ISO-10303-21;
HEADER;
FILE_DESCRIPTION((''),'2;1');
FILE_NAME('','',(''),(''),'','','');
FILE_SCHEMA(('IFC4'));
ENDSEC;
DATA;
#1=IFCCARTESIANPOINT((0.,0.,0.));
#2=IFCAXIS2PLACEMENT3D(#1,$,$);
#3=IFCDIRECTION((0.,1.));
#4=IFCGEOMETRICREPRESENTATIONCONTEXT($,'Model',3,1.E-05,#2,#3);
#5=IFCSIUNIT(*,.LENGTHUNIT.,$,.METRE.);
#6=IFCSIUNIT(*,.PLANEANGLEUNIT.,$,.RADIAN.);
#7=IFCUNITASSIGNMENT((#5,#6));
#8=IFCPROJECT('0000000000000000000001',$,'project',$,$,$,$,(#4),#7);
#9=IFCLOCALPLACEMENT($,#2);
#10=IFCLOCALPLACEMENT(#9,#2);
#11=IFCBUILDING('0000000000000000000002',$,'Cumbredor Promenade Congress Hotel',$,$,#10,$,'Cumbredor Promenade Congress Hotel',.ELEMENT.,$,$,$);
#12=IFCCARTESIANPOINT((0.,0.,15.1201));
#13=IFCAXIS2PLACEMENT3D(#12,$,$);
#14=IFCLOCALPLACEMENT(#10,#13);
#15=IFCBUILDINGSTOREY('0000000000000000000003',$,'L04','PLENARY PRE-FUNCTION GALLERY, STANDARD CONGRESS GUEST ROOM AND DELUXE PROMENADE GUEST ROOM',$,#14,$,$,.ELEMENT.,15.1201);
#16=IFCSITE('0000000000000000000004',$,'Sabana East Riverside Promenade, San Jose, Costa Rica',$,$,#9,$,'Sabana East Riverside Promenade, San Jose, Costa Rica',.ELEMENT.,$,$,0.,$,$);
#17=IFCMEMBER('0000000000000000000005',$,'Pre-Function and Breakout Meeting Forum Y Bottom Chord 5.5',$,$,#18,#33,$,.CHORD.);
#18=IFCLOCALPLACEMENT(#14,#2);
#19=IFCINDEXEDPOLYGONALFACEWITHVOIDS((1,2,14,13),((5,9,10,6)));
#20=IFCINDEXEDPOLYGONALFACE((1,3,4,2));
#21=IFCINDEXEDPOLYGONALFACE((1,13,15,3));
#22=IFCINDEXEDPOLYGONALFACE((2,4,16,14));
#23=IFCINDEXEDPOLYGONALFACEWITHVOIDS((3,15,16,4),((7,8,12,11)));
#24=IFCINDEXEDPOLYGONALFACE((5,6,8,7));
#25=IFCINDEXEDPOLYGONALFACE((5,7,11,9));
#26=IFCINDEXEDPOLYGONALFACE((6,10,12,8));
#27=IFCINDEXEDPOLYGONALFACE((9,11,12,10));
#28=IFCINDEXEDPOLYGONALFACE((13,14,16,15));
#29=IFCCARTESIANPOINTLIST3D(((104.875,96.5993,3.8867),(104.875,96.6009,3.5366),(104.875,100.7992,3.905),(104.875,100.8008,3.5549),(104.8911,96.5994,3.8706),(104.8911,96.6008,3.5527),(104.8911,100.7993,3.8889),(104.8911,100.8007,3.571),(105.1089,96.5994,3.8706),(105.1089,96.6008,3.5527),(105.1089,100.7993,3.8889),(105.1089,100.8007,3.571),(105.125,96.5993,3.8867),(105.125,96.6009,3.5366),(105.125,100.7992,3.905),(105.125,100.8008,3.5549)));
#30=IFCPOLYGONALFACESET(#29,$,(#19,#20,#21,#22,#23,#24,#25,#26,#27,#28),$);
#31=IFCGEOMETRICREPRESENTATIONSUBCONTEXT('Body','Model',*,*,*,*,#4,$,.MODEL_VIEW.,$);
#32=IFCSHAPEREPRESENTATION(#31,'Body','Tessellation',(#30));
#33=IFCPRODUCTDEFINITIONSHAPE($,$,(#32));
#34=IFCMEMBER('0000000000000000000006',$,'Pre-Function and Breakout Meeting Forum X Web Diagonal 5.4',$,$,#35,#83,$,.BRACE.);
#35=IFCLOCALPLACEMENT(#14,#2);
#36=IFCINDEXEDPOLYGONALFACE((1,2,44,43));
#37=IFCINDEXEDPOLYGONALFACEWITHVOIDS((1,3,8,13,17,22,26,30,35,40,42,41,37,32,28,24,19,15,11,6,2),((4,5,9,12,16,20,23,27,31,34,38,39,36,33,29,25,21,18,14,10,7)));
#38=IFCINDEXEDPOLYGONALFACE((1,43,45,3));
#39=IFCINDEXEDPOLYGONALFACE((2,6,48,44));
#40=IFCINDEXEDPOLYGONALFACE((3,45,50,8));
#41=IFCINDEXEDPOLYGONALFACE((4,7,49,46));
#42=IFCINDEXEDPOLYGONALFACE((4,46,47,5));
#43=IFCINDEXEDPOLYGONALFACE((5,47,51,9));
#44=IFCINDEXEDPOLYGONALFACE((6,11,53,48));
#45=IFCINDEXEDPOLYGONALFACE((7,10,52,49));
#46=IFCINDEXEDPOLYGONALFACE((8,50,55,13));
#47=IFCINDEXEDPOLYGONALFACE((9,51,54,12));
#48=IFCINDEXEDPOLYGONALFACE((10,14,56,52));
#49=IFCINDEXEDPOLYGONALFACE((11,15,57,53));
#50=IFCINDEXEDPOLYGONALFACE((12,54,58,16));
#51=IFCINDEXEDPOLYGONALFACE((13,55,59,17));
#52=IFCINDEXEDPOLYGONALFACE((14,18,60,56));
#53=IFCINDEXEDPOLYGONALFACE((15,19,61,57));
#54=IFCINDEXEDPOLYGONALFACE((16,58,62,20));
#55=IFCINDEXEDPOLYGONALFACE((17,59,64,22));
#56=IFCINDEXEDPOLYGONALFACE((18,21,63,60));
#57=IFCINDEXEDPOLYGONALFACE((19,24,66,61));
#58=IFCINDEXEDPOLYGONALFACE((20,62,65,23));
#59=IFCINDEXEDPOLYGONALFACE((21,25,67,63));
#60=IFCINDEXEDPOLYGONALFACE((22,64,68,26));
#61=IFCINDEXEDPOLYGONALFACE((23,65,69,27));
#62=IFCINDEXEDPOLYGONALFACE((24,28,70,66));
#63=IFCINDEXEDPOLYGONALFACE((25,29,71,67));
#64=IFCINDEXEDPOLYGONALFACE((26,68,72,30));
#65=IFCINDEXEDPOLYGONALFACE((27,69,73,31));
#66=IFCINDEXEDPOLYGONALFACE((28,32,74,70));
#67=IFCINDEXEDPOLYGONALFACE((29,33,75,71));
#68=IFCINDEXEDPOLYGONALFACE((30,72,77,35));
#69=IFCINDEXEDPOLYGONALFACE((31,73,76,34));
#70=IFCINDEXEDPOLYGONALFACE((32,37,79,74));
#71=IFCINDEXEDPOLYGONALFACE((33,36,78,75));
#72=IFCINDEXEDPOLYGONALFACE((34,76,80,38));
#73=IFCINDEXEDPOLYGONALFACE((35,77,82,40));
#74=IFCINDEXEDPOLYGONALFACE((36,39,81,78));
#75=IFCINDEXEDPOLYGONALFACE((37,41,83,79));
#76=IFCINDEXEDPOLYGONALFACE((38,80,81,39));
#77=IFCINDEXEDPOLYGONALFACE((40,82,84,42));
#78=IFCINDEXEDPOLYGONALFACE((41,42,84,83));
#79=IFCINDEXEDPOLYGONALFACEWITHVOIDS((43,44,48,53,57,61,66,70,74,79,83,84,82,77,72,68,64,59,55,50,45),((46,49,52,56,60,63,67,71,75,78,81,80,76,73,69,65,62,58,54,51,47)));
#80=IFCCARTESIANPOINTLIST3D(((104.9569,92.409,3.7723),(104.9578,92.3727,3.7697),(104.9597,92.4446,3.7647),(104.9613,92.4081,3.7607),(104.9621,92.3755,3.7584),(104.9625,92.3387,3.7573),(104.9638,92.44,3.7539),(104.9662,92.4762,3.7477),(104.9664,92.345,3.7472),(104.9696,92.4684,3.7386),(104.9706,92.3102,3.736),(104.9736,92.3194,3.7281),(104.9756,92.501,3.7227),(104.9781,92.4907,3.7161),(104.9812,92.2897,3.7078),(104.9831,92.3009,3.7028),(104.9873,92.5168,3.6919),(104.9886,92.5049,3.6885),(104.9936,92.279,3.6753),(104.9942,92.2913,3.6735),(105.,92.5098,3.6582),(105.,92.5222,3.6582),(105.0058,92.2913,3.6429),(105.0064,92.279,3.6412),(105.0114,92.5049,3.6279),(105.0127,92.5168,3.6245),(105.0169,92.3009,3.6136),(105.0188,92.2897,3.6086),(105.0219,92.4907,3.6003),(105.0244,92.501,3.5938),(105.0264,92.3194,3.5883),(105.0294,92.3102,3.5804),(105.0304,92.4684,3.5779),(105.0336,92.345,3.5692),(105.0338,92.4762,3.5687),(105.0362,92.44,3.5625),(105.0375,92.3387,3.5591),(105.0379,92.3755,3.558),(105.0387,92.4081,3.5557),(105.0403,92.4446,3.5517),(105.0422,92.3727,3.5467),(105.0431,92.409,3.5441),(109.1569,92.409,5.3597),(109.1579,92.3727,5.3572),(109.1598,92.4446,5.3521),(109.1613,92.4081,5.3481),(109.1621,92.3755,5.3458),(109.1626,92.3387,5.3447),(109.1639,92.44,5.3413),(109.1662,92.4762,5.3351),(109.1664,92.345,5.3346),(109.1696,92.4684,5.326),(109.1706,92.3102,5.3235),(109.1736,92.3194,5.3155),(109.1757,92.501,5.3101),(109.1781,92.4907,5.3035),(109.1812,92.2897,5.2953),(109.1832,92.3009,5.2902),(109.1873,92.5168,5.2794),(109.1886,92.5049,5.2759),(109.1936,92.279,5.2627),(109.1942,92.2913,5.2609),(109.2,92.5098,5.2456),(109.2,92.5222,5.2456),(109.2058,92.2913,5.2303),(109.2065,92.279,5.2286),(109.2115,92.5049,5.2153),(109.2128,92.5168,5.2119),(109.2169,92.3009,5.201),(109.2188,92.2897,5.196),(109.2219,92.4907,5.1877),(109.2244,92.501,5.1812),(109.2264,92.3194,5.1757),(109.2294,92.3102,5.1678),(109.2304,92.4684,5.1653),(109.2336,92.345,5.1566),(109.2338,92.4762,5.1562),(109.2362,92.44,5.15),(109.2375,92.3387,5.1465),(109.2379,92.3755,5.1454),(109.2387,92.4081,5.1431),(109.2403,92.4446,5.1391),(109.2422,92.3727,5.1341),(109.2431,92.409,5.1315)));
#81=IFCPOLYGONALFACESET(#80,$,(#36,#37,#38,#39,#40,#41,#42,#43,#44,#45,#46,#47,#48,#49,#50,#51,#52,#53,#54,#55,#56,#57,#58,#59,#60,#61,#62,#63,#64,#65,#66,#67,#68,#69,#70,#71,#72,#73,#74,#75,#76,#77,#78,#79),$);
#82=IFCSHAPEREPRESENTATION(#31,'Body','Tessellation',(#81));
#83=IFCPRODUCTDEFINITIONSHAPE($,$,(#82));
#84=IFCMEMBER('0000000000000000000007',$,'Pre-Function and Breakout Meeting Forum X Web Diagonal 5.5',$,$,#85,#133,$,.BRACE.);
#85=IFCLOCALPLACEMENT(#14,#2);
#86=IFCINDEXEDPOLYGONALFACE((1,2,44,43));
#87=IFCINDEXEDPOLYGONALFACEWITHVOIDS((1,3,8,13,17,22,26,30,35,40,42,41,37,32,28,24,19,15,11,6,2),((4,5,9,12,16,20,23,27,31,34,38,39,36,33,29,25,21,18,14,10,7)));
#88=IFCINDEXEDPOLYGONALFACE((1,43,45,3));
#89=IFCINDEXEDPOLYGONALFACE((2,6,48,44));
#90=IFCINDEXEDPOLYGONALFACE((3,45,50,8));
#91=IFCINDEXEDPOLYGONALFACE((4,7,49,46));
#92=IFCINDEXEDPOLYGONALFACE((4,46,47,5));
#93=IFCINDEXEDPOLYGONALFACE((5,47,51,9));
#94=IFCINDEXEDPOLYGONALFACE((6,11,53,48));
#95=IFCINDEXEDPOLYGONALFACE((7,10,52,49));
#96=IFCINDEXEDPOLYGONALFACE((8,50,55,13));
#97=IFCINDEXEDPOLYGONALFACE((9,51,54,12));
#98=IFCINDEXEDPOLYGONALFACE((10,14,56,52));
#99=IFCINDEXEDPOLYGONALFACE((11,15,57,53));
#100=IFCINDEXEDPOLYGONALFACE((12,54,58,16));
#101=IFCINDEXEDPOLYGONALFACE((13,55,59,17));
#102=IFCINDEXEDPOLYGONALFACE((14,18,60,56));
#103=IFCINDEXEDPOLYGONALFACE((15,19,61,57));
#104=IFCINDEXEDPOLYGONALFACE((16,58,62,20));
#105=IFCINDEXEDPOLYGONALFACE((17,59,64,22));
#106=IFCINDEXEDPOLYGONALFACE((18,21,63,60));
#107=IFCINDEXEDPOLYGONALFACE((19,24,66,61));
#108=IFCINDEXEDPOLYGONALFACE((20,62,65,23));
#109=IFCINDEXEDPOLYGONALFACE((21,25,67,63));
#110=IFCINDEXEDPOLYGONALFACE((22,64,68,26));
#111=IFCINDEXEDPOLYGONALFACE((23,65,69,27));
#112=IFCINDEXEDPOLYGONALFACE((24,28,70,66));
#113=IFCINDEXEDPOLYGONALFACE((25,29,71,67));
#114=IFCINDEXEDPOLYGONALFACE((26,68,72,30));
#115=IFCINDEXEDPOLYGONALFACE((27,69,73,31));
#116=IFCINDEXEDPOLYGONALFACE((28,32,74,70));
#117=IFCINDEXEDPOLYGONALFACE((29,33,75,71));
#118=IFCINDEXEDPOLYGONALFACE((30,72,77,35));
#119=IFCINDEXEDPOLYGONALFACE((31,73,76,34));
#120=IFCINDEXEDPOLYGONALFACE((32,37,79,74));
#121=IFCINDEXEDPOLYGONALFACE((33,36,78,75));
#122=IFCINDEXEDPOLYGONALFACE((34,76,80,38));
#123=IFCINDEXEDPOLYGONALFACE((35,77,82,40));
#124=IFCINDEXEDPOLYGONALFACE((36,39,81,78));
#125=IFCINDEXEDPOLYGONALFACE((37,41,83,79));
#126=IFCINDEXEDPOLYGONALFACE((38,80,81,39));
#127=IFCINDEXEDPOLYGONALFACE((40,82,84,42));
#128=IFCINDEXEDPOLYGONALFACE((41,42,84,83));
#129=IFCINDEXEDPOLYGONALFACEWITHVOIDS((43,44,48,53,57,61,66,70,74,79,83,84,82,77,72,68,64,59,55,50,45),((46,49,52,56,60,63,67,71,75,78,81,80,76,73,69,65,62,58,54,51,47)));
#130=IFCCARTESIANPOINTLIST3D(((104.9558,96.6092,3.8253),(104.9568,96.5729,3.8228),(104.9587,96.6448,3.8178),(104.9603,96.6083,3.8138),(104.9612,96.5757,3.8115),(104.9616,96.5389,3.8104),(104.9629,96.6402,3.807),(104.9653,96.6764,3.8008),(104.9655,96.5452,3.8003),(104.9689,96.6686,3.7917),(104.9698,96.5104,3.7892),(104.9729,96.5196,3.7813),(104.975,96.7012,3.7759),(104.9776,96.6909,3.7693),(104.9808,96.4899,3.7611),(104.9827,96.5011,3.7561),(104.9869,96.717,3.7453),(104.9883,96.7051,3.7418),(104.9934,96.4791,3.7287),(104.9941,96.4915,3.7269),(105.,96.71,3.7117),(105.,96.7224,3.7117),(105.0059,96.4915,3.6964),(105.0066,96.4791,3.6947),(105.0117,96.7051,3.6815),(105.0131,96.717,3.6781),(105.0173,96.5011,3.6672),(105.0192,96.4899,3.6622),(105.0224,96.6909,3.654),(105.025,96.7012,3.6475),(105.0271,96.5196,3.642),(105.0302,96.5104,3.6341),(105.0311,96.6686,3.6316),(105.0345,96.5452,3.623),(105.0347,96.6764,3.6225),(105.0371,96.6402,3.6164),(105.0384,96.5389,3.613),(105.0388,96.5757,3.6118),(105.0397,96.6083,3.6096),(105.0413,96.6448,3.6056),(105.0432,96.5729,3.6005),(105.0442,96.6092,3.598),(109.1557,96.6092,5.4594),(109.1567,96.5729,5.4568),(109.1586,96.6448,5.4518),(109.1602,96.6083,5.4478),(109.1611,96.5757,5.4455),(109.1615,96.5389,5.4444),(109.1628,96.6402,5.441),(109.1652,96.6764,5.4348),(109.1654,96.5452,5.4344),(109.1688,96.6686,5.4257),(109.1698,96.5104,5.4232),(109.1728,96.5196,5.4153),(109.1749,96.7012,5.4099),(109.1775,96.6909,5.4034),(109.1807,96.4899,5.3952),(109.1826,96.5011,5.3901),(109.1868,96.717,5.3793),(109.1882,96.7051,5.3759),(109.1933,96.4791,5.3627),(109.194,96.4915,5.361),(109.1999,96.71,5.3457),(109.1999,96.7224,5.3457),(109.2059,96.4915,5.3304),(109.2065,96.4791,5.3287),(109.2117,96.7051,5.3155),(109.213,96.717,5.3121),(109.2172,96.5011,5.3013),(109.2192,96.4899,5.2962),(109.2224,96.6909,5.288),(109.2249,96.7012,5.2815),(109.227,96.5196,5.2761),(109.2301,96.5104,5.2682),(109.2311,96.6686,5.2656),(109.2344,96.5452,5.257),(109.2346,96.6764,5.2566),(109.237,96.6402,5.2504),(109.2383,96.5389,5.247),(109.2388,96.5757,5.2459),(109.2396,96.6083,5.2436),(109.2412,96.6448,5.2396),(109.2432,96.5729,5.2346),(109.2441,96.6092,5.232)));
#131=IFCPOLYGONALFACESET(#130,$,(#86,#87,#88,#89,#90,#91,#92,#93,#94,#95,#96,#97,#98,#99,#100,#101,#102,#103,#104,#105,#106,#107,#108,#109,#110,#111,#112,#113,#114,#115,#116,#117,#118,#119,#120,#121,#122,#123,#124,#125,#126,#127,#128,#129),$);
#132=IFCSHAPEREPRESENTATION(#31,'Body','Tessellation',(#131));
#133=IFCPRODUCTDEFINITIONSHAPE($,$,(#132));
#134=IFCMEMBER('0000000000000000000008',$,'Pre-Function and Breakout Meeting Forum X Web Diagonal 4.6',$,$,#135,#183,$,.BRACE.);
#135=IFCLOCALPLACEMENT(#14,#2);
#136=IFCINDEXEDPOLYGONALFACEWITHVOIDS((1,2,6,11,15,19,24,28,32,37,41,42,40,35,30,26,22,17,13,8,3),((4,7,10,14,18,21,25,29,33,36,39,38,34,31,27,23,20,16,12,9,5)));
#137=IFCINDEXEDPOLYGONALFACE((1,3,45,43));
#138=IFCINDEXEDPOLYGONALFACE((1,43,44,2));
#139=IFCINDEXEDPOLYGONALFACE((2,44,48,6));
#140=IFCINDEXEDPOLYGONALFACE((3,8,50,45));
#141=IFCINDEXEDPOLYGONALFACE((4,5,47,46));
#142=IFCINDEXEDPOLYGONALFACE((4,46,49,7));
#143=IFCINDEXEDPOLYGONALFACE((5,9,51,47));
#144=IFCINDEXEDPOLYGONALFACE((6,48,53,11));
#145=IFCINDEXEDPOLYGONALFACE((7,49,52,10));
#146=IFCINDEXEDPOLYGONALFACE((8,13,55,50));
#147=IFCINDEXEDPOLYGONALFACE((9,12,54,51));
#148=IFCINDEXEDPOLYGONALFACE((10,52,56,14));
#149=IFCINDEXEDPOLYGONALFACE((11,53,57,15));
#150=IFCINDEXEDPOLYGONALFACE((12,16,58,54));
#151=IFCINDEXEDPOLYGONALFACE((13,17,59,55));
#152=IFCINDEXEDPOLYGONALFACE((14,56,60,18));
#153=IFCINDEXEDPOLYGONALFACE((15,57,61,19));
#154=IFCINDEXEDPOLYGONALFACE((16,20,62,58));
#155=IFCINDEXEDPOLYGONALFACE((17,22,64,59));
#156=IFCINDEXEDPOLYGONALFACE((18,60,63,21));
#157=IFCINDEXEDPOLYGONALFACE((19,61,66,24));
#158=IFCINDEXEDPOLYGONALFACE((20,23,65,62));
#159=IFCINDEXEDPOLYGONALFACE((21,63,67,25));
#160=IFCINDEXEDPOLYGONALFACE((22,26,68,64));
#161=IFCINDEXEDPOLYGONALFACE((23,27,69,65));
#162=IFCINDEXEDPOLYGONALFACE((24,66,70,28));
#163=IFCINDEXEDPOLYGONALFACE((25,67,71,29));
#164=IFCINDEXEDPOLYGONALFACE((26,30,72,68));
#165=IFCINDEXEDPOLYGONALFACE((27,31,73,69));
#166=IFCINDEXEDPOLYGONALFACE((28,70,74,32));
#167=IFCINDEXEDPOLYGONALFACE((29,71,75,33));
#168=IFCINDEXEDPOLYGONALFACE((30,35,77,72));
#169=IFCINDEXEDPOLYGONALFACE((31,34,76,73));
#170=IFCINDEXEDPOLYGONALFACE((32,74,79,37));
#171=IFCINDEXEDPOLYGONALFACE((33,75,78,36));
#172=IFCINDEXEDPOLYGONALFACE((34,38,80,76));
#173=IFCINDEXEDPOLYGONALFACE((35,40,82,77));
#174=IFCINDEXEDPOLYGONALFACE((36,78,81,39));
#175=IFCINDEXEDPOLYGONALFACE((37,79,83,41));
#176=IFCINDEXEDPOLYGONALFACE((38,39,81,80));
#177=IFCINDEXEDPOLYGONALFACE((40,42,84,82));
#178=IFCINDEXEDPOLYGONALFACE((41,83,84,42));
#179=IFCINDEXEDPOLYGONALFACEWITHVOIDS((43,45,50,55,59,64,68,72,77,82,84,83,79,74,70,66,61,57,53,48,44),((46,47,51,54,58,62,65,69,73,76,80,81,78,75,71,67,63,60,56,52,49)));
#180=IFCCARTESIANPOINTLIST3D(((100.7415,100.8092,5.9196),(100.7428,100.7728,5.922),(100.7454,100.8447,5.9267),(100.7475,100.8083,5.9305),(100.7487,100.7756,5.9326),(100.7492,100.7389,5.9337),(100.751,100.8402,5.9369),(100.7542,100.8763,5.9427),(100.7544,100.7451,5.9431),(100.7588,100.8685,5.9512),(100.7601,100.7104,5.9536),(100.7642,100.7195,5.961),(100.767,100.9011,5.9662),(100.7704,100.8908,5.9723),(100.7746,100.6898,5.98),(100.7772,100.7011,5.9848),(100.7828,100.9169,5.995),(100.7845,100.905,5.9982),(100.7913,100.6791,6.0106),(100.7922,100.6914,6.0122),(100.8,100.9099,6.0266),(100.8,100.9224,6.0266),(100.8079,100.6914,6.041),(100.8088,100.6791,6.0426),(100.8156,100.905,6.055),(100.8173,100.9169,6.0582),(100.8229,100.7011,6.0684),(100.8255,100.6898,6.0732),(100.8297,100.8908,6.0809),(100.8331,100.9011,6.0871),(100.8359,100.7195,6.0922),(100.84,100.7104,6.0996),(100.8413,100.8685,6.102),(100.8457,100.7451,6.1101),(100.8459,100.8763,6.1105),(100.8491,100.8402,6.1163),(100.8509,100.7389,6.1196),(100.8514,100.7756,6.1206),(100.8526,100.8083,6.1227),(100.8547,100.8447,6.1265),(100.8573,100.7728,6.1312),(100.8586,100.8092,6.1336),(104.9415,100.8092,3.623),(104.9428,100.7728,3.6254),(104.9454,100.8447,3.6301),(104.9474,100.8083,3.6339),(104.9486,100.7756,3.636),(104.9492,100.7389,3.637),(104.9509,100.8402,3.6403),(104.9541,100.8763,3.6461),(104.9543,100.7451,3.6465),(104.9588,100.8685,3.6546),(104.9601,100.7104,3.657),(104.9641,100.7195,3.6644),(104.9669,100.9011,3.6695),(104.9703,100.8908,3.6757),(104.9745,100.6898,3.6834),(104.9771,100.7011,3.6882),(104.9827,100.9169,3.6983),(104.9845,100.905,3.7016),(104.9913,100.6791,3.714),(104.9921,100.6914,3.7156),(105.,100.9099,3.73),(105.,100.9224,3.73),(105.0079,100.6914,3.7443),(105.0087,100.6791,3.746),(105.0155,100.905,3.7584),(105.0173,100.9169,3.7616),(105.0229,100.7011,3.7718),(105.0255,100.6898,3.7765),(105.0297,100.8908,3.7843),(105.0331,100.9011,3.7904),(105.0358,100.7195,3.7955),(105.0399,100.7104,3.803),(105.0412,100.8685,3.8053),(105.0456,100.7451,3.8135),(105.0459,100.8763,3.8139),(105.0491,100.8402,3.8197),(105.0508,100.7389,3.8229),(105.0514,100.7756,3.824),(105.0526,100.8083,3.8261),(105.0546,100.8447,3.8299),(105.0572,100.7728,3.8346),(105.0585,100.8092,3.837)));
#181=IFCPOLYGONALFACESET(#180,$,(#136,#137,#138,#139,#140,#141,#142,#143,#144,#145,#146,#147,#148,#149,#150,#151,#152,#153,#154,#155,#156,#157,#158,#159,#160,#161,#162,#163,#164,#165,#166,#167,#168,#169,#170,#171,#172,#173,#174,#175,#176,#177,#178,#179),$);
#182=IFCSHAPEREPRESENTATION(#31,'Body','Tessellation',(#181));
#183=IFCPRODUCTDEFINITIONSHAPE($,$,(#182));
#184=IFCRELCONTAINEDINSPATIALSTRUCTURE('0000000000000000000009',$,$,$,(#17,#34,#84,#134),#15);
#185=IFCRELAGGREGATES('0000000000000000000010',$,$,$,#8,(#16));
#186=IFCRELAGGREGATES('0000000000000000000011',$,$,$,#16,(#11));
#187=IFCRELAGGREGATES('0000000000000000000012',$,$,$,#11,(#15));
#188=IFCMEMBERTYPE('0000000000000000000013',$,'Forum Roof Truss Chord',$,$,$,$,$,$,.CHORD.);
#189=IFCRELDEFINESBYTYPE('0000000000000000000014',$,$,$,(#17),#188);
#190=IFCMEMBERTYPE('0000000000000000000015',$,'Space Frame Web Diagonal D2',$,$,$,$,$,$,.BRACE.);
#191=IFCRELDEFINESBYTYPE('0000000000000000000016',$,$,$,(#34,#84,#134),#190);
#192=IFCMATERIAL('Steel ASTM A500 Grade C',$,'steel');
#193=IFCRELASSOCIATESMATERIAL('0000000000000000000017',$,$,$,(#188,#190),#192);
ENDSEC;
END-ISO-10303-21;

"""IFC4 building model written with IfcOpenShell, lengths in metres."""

from ifc_helpers import new_model, si_unit, direction, frame, origin, origin_2d, place, context, subcontext, project, spatial, hollow_rectangle, hollow_circle, extrude, material, material_profile, profile_set, type_object, element, save


model = new_model("IFC4")

# Units and contexts
model_context = context("Model", 3, precision=1e-05, world=origin(), true_north=direction((0.0, 1.0)))
body_context = subcontext(model_context, "Body", "Model", "MODEL_VIEW")
ifc_project = project(units=[si_unit("LENGTHUNIT", "METRE"), si_unit("PLANEANGLEUNIT", "RADIAN")], contexts=[model_context])

# Site, building, storey
site_placement = place(None, origin())
site = spatial("IfcSite", under=ifc_project, at=site_placement, Name="Sabana East Riverside Promenade, San Jose, Costa Rica", LongName="Sabana East Riverside Promenade, San Jose, Costa Rica", CompositionType="ELEMENT", RefElevation=0.0)
building_placement = place(site_placement, origin())
building = spatial("IfcBuilding", under=site, at=building_placement, Name="Cumbredor Promenade Congress Hotel", LongName="Cumbredor Promenade Congress Hotel", CompositionType="ELEMENT")
storey_placement = place(building_placement, frame((0.0, 0.0, 15.1201)))
storey = spatial("IfcBuildingStorey", under=building, at=storey_placement, Name="L04", Description="PLENARY PRE-FUNCTION GALLERY, STANDARD CONGRESS GUEST ROOM AND DELUXE PROMENADE GUEST ROOM", CompositionType="ELEMENT", Elevation=15.1201)

# Members
ifc_material_1 = material(Name="Steel ASTM A500 Grade C", Category="steel")
ifc_material_profile_1 = material_profile(ifc_material_1, hollow_rectangle(XDim=0.25, YDim=0.3501, WallThickness=0.0161, at=origin_2d()), Name="HSS 350x250x16")
ifc_profile_set_1 = profile_set([ifc_material_profile_1], Name="Steel ASTM A500 Grade C")
member_type_1 = type_object("IfcMemberType", Name="Forum Roof Truss Chord", PredefinedType="CHORD", material=ifc_profile_set_1)
for number, where, z_axis, x_axis, name in (
    (1, (105.0, 96.6001, 3.7117), (0.0, 0.99999, 0.00436), (-1.0, 0.0, 0.0), "Pre-Function and Breakout Meeting Forum Y Bottom Chord 5.5"),
):
    element("IfcMember", number, at=place(storey_placement, frame(where, z_axis=z_axis, x_axis=x_axis)), inside=storey, type_object=member_type_1, Name=name, PredefinedType="CHORD", context=body_context, shape_type="SweptSolid", body=[
        extrude(hollow_rectangle(XDim=0.25, YDim=0.3501, WallThickness=0.0161, at=origin_2d()), origin(), (0.0, 0.0, 1.0), 4.2),
    ])
ifc_material_profile_2 = material_profile(ifc_material_1, hollow_circle(Radius=0.1223, WallThickness=0.0125, at=origin_2d()), Name="CHS 244.5x12.5")
ifc_profile_set_2 = profile_set([ifc_material_profile_2], Name="Steel ASTM A500 Grade C")
member_type_2 = type_object("IfcMemberType", Name="Space Frame Web Diagonal D2", PredefinedType="BRACE", material=ifc_profile_set_2)
member_1_placement = place(storey_placement, frame((105.0, 92.3999, 3.6582), z_axis=(0.935417, 0.0, 0.353548), x_axis=(0.0, 1.0, 0.0)))
element("IfcMember", 2, at=member_1_placement, inside=storey, type_object=member_type_2, Name="Pre-Function and Breakout Meeting Forum X Web Diagonal 5.4", PredefinedType="BRACE", context=body_context, shape_type="SweptSolid", body=[
    extrude(hollow_circle(Radius=0.1223, WallThickness=0.0125, at=origin_2d()), origin(), (0.0, 0.0, 1.0), 4.49),
])
member_2_placement = place(storey_placement, frame((105.0, 96.6001, 3.7117), z_axis=(0.931951, 0.0, 0.362585), x_axis=(0.0, 1.0, 0.0)))
element("IfcMember", 3, at=member_2_placement, inside=storey, type_object=member_type_2, Name="Pre-Function and Breakout Meeting Forum X Web Diagonal 5.5", PredefinedType="BRACE", context=body_context, shape_type="SweptSolid", body=[
    extrude(hollow_circle(Radius=0.1223, WallThickness=0.0125, at=origin_2d()), origin(), (0.0, 0.0, 1.0), 4.5066),
])
member_3_placement = place(storey_placement, frame((100.8, 100.8, 6.0266), z_axis=(0.87739, 0.0, -0.479777), x_axis=(0.0, 1.0, 0.0)))
element("IfcMember", 4, at=member_3_placement, inside=storey, type_object=member_type_2, Name="Pre-Function and Breakout Meeting Forum X Web Diagonal 4.6", PredefinedType="BRACE", context=body_context, shape_type="SweptSolid", body=[
    extrude(hollow_circle(Radius=0.1223, WallThickness=0.0125, at=origin_2d()), origin(), (0.0, 0.0, 1.0), 4.7869),
])

save(model, "model.ifc")
